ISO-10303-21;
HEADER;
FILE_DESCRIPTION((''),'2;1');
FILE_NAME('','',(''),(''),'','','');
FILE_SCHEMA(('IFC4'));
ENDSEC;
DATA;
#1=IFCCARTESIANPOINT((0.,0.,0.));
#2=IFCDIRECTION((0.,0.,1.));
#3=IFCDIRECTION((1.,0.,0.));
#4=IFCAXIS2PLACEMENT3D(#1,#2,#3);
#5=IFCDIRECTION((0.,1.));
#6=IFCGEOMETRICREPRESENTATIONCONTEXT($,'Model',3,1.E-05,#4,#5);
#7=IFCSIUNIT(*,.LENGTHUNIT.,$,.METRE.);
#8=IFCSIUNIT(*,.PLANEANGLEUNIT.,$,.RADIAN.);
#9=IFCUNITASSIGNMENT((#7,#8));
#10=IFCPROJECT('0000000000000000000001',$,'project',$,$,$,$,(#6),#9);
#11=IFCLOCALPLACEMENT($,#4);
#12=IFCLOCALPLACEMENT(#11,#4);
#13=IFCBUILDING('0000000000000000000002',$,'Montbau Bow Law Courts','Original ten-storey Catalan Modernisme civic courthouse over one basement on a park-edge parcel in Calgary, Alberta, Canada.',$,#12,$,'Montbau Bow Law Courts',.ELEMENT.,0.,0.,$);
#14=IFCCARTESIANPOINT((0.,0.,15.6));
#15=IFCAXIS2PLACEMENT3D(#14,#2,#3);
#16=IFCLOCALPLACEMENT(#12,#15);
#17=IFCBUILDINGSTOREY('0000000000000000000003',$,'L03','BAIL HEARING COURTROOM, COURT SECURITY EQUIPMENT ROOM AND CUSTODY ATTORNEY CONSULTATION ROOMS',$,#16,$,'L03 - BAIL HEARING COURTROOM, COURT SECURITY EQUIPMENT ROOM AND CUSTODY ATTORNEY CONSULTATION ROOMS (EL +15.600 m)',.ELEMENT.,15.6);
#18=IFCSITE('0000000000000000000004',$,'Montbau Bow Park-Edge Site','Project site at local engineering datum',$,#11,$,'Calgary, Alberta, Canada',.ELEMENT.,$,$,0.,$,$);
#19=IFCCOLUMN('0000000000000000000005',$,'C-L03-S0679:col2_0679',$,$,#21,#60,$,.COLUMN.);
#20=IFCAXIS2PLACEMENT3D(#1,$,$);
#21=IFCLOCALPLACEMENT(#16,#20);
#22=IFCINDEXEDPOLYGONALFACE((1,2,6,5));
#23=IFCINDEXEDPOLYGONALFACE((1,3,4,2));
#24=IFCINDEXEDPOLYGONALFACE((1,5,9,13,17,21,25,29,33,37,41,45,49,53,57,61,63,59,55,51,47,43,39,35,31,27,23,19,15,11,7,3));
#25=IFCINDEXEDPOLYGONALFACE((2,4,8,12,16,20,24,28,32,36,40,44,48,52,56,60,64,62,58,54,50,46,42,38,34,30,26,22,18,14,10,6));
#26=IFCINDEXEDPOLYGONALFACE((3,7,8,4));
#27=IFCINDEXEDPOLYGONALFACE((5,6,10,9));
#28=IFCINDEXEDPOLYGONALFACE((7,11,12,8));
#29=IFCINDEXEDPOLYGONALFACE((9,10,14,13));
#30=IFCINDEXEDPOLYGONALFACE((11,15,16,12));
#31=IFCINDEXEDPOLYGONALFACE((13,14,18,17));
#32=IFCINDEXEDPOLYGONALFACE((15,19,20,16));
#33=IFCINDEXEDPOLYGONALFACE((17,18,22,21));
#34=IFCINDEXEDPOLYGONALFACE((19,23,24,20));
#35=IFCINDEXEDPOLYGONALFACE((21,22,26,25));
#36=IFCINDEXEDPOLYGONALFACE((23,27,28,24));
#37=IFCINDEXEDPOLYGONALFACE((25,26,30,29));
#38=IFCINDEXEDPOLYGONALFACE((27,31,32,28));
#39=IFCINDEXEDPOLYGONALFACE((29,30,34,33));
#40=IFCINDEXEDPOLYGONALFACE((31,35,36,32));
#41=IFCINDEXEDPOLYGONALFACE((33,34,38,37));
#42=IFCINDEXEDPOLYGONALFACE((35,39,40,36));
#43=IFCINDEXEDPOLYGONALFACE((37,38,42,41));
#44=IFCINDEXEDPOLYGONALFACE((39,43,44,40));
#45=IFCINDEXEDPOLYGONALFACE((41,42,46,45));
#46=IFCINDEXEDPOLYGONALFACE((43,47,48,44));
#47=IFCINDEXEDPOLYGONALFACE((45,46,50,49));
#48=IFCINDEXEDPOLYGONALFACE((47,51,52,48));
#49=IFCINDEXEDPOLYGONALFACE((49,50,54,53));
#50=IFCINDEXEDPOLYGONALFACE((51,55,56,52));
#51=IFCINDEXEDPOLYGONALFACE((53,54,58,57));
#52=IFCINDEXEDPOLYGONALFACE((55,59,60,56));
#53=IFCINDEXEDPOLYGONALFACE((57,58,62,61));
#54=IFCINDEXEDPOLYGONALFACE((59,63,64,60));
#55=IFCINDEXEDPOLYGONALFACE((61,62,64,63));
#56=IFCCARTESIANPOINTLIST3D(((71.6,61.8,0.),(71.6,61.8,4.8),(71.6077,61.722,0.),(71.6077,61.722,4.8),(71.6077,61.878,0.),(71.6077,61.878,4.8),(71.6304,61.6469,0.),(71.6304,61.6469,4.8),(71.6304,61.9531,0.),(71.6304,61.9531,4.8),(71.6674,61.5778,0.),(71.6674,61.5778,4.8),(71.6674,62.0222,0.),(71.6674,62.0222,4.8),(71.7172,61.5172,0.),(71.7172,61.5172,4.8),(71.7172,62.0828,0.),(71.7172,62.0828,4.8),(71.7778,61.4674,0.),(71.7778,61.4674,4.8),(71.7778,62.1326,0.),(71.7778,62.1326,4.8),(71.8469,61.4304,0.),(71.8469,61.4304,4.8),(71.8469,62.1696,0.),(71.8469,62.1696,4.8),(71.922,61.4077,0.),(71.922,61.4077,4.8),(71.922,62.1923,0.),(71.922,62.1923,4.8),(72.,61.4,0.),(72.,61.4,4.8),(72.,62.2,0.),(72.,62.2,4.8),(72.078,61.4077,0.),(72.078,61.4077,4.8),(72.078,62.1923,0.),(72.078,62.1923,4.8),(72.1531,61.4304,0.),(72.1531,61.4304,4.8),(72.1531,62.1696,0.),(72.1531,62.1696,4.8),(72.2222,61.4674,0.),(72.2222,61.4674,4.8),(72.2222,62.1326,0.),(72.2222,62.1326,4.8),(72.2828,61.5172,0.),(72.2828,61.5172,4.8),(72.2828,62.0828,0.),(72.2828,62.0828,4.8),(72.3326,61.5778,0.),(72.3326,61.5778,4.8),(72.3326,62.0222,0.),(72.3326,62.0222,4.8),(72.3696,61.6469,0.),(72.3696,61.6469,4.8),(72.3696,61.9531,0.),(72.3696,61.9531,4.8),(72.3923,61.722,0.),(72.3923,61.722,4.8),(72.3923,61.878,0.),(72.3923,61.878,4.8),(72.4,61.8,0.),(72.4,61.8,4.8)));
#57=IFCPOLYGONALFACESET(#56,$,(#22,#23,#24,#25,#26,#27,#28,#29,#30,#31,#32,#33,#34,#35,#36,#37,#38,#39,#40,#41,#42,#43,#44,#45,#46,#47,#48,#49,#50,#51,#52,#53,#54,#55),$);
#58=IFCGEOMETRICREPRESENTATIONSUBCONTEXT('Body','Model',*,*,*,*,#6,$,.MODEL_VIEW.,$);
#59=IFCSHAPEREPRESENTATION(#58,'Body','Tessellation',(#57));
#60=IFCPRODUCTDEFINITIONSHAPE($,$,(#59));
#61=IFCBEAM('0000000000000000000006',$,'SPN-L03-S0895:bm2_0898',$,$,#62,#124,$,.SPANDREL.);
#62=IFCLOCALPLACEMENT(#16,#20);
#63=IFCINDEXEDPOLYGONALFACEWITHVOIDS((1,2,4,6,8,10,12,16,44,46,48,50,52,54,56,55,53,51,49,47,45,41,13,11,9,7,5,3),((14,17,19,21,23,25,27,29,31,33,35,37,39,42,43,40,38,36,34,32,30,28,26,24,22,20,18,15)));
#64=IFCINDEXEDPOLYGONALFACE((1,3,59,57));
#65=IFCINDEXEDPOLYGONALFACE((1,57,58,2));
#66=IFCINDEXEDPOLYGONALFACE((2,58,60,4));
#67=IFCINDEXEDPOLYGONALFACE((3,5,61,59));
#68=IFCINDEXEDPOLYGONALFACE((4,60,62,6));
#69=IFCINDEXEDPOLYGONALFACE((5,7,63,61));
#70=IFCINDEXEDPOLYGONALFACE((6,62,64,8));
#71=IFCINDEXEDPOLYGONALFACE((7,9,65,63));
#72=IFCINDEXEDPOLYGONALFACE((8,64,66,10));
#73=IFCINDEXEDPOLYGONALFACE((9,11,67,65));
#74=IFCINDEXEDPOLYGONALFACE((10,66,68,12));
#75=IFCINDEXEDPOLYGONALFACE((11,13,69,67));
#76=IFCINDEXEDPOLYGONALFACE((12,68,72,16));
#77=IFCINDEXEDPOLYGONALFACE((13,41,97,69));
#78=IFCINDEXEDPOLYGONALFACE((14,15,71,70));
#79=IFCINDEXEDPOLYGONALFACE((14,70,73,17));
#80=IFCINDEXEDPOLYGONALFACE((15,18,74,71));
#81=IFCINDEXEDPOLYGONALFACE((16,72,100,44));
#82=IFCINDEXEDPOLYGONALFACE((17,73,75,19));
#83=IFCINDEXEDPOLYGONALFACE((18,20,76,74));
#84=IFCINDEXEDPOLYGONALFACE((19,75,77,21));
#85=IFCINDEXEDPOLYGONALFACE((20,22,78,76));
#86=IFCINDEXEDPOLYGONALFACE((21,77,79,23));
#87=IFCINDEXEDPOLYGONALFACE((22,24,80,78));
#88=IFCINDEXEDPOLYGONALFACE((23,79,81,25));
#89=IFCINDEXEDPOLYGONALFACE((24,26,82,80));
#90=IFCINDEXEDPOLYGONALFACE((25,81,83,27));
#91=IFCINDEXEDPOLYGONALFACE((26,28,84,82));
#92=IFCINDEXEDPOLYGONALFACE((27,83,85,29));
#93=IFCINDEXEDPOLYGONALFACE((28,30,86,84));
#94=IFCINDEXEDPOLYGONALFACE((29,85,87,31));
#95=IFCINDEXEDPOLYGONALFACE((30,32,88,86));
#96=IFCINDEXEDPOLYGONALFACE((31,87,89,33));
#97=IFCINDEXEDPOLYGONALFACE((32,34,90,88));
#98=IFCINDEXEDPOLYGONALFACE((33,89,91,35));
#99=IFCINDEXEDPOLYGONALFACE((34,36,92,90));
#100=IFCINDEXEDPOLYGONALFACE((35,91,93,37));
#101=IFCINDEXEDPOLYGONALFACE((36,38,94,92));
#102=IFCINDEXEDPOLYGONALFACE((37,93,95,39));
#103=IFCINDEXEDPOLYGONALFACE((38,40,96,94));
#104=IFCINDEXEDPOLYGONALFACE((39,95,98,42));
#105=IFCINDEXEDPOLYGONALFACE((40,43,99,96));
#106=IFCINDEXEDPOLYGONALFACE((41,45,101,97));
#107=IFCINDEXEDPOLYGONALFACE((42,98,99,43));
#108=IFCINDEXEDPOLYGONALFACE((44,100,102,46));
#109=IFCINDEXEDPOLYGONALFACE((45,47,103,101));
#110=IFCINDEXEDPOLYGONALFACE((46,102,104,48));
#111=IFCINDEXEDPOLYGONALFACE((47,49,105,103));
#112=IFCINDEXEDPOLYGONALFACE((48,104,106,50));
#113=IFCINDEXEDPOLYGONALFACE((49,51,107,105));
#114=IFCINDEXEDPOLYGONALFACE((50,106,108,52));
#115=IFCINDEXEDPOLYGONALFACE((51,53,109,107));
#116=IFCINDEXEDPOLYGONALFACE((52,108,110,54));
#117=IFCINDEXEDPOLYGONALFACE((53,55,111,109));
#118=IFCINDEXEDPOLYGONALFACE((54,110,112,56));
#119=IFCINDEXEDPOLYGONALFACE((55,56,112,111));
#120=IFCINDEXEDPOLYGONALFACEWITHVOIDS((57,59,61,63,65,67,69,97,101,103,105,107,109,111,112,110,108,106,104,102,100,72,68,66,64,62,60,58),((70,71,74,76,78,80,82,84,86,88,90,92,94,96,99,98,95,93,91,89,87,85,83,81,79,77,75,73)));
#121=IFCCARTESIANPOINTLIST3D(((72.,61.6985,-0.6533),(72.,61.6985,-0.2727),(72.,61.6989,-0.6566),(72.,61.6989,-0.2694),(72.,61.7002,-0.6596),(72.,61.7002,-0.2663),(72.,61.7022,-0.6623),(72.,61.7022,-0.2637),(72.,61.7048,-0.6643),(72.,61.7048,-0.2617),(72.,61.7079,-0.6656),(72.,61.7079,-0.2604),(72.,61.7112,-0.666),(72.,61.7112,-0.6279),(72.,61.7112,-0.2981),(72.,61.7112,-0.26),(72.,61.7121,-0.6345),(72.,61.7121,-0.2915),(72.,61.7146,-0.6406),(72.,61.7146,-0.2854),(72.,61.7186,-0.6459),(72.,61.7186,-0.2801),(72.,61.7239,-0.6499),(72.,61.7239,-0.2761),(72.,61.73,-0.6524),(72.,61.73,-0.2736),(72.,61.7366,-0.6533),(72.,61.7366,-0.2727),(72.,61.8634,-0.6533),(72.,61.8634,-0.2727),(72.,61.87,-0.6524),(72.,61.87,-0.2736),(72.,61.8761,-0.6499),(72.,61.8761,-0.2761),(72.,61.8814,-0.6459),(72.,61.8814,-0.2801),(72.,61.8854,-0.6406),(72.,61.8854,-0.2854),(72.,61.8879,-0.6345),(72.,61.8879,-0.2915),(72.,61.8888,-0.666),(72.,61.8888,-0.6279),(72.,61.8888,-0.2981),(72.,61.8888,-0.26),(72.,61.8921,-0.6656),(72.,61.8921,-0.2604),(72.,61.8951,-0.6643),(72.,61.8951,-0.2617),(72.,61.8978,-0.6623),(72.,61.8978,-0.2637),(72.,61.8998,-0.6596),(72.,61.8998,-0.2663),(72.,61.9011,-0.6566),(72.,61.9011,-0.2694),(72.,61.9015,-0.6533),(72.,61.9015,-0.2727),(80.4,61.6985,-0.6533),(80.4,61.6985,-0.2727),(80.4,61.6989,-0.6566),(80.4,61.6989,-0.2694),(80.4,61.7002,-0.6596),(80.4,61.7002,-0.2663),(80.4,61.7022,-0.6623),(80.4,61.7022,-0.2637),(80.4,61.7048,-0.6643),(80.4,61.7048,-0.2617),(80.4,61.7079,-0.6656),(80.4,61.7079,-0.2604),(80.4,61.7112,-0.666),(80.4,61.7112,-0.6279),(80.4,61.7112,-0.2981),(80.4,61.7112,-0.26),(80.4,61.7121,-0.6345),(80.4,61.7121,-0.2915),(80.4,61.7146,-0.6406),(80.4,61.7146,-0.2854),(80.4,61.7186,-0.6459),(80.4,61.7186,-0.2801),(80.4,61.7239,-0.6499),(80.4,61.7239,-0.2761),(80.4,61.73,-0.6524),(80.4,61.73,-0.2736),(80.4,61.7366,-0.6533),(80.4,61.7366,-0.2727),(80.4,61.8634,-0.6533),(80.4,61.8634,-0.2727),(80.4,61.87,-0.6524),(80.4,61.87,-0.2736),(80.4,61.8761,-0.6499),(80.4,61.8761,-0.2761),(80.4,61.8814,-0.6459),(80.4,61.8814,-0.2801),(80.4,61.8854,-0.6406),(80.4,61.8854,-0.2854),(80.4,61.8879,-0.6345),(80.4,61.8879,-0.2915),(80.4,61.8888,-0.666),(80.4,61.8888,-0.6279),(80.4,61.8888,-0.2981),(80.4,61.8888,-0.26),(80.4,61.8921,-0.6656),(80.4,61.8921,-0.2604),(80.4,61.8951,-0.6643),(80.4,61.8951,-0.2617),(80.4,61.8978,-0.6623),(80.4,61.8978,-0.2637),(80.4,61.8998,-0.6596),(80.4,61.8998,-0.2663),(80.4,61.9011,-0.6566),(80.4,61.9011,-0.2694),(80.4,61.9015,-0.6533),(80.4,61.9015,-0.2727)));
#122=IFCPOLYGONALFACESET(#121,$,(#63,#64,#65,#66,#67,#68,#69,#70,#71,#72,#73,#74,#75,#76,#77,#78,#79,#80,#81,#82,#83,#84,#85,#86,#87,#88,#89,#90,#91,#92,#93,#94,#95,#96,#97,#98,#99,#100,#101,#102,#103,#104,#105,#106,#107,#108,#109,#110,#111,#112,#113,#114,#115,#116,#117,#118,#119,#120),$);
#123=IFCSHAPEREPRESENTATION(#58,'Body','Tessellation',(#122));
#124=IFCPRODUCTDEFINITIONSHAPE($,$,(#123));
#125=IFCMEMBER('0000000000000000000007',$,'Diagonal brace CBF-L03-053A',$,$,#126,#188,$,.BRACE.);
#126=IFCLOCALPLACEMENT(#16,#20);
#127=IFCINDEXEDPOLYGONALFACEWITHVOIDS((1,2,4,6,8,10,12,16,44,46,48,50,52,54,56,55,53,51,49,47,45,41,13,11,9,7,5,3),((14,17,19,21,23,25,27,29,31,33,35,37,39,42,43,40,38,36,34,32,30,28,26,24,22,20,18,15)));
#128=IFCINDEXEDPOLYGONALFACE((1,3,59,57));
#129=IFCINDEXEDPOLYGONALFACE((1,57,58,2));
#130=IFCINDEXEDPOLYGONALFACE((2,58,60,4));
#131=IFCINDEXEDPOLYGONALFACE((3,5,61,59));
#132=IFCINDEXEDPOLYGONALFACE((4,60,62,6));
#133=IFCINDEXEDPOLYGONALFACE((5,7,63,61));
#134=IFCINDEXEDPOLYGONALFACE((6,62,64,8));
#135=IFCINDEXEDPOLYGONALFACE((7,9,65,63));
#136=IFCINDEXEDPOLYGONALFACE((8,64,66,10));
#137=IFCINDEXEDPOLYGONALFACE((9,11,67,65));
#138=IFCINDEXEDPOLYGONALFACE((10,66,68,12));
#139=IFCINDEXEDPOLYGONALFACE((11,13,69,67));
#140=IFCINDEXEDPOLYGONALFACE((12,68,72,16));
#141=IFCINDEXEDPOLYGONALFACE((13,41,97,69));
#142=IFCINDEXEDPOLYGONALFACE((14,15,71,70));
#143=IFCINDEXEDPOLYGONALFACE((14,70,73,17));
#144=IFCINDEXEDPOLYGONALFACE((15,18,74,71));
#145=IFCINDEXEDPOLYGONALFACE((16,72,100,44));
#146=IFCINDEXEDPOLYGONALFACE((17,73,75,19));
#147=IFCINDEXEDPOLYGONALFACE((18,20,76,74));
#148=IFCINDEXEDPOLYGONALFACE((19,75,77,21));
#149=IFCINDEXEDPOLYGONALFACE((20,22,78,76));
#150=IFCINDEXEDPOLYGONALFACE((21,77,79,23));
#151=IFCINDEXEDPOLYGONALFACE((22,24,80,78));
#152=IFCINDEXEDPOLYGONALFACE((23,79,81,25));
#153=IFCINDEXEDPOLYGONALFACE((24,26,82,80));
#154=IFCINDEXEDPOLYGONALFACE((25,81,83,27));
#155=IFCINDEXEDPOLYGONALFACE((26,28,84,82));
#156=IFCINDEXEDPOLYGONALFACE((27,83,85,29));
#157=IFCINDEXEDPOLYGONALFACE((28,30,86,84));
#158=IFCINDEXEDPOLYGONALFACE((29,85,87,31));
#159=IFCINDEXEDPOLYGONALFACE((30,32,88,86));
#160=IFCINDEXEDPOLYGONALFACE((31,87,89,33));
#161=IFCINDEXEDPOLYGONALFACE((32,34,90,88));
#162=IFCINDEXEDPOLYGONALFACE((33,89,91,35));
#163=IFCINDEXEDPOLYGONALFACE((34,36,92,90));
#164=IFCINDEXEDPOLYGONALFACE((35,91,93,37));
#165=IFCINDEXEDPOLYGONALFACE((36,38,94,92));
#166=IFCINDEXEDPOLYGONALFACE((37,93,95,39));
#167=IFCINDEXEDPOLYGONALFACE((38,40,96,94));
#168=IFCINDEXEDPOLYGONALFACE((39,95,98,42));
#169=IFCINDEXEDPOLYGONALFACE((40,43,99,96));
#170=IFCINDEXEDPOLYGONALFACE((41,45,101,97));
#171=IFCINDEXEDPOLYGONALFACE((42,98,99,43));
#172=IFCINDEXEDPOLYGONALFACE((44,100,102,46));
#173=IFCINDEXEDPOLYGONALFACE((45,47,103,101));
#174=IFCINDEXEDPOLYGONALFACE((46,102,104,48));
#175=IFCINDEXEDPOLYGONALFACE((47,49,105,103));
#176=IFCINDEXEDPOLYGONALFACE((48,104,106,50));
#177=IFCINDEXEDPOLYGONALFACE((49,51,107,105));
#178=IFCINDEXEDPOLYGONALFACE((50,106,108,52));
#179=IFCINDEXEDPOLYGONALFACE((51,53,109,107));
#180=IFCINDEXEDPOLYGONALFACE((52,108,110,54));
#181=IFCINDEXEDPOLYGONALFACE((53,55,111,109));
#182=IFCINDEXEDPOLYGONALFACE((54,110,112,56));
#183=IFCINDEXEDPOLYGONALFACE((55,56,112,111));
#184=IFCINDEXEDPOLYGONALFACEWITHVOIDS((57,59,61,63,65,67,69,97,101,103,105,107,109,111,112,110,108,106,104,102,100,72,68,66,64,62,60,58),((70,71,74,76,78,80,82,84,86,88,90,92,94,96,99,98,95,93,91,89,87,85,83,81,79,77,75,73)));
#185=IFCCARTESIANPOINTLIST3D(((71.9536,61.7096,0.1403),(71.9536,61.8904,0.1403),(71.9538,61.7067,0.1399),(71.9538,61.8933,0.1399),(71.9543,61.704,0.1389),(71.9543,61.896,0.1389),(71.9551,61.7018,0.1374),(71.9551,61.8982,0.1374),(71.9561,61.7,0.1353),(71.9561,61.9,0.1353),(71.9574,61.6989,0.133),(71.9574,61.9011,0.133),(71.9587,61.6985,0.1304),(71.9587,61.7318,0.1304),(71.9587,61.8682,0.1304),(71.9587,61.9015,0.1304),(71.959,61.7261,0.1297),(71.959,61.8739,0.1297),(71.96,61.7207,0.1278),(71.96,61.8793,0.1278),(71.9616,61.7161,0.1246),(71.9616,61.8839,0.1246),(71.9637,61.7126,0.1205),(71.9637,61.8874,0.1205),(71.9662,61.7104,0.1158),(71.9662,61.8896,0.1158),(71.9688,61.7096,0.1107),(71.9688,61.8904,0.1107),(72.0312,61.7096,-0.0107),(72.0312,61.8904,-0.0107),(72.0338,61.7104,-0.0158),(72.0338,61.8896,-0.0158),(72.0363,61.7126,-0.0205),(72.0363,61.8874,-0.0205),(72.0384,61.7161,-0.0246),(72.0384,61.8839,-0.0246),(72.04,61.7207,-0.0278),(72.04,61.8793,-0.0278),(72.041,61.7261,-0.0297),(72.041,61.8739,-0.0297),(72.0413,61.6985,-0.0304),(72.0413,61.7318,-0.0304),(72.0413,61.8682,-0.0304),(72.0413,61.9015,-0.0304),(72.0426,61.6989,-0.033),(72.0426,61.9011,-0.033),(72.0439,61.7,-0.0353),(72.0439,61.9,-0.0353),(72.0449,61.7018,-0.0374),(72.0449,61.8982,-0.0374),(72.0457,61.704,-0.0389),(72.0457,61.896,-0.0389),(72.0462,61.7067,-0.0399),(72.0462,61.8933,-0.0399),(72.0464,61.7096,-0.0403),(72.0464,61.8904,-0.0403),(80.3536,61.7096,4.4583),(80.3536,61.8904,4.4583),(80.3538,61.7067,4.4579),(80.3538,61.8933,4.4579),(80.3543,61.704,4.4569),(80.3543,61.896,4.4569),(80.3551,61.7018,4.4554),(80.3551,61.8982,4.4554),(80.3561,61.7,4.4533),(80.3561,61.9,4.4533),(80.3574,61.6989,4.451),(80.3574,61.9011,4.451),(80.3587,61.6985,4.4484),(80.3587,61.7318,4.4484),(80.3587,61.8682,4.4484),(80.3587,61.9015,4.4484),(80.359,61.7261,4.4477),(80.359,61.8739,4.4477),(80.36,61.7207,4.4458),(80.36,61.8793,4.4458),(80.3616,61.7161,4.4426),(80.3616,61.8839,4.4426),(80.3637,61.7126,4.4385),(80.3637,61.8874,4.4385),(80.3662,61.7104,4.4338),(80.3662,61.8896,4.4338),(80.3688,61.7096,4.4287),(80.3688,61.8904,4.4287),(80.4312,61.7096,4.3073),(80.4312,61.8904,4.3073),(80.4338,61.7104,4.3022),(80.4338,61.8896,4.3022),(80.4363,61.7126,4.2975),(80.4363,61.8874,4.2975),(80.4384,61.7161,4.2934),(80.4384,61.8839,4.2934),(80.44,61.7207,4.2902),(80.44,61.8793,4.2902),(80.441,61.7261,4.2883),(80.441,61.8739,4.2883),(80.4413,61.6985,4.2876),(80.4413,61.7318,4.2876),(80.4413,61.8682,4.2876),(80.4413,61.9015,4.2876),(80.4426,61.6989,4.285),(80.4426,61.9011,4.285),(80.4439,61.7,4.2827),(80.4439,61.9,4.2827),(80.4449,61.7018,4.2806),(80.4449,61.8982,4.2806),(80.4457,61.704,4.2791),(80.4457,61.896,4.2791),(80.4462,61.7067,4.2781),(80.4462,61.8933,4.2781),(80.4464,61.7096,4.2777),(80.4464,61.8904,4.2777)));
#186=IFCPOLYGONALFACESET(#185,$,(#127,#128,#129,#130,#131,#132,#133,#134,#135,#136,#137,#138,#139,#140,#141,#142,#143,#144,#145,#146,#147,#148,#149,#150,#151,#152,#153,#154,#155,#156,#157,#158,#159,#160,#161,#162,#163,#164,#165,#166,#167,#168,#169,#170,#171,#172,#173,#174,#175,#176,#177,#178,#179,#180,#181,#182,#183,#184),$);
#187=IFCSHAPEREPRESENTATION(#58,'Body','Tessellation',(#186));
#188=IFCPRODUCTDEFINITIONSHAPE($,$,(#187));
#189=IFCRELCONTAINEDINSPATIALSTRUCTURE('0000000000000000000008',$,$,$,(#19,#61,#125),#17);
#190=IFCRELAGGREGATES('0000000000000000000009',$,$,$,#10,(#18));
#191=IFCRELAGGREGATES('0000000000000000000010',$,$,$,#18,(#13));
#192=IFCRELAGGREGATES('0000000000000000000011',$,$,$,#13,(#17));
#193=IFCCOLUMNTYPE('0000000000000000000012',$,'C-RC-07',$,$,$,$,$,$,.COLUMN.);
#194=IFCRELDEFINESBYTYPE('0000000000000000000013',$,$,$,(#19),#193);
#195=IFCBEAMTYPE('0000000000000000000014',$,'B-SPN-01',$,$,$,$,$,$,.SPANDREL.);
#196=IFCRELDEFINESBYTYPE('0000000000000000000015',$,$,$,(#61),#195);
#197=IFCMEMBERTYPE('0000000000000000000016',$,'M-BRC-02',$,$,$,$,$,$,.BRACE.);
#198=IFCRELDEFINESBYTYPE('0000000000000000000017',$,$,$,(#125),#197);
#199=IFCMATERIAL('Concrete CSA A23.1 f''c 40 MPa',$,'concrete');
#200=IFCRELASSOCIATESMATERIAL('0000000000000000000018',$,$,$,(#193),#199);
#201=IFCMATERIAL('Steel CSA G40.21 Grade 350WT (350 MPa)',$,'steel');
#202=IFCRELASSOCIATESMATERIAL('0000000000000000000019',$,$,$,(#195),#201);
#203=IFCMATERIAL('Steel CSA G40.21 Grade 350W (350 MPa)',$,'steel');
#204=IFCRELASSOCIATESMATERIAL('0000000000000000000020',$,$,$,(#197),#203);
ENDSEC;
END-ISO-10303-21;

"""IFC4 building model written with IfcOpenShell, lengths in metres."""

from ifc_helpers import new_model, si_unit, direction, frame, origin_with_axes, origin_2d_with_axis, place, context, subcontext, project, spatial, hollow_rectangle, circle, extrude, material, material_profile, profile_set, type_object, element, save


model = new_model("IFC4")

# Units and contexts
model_context = context("Model", 3, precision=1e-05, world=origin_with_axes(), true_north=direction((0.0, 1.0)))
body_context = subcontext(model_context, "Body", "Model", "MODEL_VIEW")
ifc_project = project(units=[si_unit("LENGTHUNIT", "METRE"), si_unit("PLANEANGLEUNIT", "RADIAN")], contexts=[model_context])

# Site, building, storey
site_placement = place(None, origin_with_axes())
site = spatial("IfcSite", under=ifc_project, at=site_placement, Name="Montbau Bow Park-Edge Site", Description="Project site at local engineering datum", LongName="Calgary, Alberta, Canada", CompositionType="ELEMENT", RefElevation=0.0)
building_placement = place(site_placement, origin_with_axes())
building = spatial("IfcBuilding", under=site, at=building_placement, Name="Montbau Bow Law Courts", Description="Original ten-storey Catalan Modernisme civic courthouse over one basement on a park-edge parcel in Calgary, Alberta, Canada.", LongName="Montbau Bow Law Courts", CompositionType="ELEMENT", ElevationOfRefHeight=0.0, ElevationOfTerrain=0.0)
storey_placement = place(building_placement, frame((0.0, 0.0, 15.6), z_axis=(0.0, 0.0, 1.0), x_axis=(1.0, 0.0, 0.0)))
storey = spatial("IfcBuildingStorey", under=building, at=storey_placement, Name="L03", Description="BAIL HEARING COURTROOM, COURT SECURITY EQUIPMENT ROOM AND CUSTODY ATTORNEY CONSULTATION ROOMS", LongName="L03 - BAIL HEARING COURTROOM, COURT SECURITY EQUIPMENT ROOM AND CUSTODY ATTORNEY CONSULTATION ROOMS (EL +15.600 m)", CompositionType="ELEMENT", Elevation=15.6)

# Column
ifc_material_1 = material(Name="Concrete CSA A23.1 f'c 40 MPa", Category="concrete")
ifc_material_profile_1 = material_profile(ifc_material_1, circle(Radius=0.4, at=origin_2d_with_axis()), Name="RC800D", Category="Main", Priority=0)
ifc_profile_set_1 = profile_set([ifc_material_profile_1], Name="Concrete CSA A23.1 f'c 40 MPa")
column_type = type_object("IfcColumnType", Name="C-RC-07", PredefinedType="COLUMN", material=ifc_profile_set_1)
column_placement = place(None, frame((72.0, 61.8, 15.6), z_axis=(0.0, 0.0, 1.0), x_axis=(1.0, 0.0, 0.0)))
element("IfcColumn", 1, at=column_placement, inside=storey, type_object=column_type, Name="C-L03-S0679:col2_0679", PredefinedType="COLUMN", context=body_context, shape_type="SweptSolid", body=[
    extrude(circle(Radius=0.4, at=origin_2d_with_axis()), origin_with_axes(), (0.0, 0.0, 1.0), 4.8),
])

# Beam
ifc_material_2 = material(Name="Steel CSA G40.21 Grade 350WT (350 MPa)", Category="steel")
ifc_material_profile_2 = material_profile(ifc_material_2, hollow_rectangle(XDim=0.203, YDim=0.406, WallThickness=0.0127, InnerFilletRadius=0.0254, OuterFilletRadius=0.0127, at=origin_2d_with_axis()), Name="HSS406X203X13", Category="Main", Priority=0)
ifc_profile_set_2 = profile_set([ifc_material_profile_2], Name="Steel CSA G40.21 Grade 350WT (350 MPa)")
beam_type = type_object("IfcBeamType", Name="B-SPN-01", PredefinedType="SPANDREL", material=ifc_profile_set_2)
beam_placement = place(None, frame((72.0, 61.8, 15.137), z_axis=(1.0, 0.0, 0.0), x_axis=(0.0, 1.0, 0.0)))
element("IfcBeam", 2, at=beam_placement, inside=storey, type_object=beam_type, Name="SPN-L03-S0895:bm2_0898", PredefinedType="SPANDREL", context=body_context, shape_type="SweptSolid", body=[
    extrude(hollow_rectangle(XDim=0.203, YDim=0.406, WallThickness=0.0127, InnerFilletRadius=0.0254, OuterFilletRadius=0.0127, at=origin_2d_with_axis()), origin_with_axes(), (0.0, 0.0, 1.0), 8.4),
])

# Member
ifc_material_3 = material(Name="Steel CSA G40.21 Grade 350W (350 MPa)", Category="steel")
ifc_material_profile_3 = material_profile(ifc_material_3, hollow_rectangle(XDim=0.203, YDim=0.203, WallThickness=0.0111, InnerFilletRadius=0.0222, OuterFilletRadius=0.0111, at=origin_2d_with_axis()), Name="HSS203X203X11", Category="Main", Priority=0)
ifc_profile_set_3 = profile_set([ifc_material_profile_3], Name="Steel CSA G40.21 Grade 350W (350 MPa)")
member_type_1 = type_object("IfcMemberType", Name="M-BRC-02", PredefinedType="BRACE", material=ifc_profile_set_3)
member_1_placement = place(None, frame((72.0, 61.8, 15.65), z_axis=(0.889374, 0.0, 0.457181), x_axis=(0.0, 1.0, 0.0)))
element("IfcMember", 3, at=member_1_placement, inside=storey, type_object=member_type_1, Name="Diagonal brace CBF-L03-053A", PredefinedType="BRACE", context=body_context, shape_type="SweptSolid", body=[
    extrude(hollow_rectangle(XDim=0.203, YDim=0.203, WallThickness=0.0111, InnerFilletRadius=0.0222, OuterFilletRadius=0.0111, at=origin_2d_with_axis()), origin_with_axes(), (0.0, 0.0, 1.0), 9.4448),
])

save(model, "model.ifc")
